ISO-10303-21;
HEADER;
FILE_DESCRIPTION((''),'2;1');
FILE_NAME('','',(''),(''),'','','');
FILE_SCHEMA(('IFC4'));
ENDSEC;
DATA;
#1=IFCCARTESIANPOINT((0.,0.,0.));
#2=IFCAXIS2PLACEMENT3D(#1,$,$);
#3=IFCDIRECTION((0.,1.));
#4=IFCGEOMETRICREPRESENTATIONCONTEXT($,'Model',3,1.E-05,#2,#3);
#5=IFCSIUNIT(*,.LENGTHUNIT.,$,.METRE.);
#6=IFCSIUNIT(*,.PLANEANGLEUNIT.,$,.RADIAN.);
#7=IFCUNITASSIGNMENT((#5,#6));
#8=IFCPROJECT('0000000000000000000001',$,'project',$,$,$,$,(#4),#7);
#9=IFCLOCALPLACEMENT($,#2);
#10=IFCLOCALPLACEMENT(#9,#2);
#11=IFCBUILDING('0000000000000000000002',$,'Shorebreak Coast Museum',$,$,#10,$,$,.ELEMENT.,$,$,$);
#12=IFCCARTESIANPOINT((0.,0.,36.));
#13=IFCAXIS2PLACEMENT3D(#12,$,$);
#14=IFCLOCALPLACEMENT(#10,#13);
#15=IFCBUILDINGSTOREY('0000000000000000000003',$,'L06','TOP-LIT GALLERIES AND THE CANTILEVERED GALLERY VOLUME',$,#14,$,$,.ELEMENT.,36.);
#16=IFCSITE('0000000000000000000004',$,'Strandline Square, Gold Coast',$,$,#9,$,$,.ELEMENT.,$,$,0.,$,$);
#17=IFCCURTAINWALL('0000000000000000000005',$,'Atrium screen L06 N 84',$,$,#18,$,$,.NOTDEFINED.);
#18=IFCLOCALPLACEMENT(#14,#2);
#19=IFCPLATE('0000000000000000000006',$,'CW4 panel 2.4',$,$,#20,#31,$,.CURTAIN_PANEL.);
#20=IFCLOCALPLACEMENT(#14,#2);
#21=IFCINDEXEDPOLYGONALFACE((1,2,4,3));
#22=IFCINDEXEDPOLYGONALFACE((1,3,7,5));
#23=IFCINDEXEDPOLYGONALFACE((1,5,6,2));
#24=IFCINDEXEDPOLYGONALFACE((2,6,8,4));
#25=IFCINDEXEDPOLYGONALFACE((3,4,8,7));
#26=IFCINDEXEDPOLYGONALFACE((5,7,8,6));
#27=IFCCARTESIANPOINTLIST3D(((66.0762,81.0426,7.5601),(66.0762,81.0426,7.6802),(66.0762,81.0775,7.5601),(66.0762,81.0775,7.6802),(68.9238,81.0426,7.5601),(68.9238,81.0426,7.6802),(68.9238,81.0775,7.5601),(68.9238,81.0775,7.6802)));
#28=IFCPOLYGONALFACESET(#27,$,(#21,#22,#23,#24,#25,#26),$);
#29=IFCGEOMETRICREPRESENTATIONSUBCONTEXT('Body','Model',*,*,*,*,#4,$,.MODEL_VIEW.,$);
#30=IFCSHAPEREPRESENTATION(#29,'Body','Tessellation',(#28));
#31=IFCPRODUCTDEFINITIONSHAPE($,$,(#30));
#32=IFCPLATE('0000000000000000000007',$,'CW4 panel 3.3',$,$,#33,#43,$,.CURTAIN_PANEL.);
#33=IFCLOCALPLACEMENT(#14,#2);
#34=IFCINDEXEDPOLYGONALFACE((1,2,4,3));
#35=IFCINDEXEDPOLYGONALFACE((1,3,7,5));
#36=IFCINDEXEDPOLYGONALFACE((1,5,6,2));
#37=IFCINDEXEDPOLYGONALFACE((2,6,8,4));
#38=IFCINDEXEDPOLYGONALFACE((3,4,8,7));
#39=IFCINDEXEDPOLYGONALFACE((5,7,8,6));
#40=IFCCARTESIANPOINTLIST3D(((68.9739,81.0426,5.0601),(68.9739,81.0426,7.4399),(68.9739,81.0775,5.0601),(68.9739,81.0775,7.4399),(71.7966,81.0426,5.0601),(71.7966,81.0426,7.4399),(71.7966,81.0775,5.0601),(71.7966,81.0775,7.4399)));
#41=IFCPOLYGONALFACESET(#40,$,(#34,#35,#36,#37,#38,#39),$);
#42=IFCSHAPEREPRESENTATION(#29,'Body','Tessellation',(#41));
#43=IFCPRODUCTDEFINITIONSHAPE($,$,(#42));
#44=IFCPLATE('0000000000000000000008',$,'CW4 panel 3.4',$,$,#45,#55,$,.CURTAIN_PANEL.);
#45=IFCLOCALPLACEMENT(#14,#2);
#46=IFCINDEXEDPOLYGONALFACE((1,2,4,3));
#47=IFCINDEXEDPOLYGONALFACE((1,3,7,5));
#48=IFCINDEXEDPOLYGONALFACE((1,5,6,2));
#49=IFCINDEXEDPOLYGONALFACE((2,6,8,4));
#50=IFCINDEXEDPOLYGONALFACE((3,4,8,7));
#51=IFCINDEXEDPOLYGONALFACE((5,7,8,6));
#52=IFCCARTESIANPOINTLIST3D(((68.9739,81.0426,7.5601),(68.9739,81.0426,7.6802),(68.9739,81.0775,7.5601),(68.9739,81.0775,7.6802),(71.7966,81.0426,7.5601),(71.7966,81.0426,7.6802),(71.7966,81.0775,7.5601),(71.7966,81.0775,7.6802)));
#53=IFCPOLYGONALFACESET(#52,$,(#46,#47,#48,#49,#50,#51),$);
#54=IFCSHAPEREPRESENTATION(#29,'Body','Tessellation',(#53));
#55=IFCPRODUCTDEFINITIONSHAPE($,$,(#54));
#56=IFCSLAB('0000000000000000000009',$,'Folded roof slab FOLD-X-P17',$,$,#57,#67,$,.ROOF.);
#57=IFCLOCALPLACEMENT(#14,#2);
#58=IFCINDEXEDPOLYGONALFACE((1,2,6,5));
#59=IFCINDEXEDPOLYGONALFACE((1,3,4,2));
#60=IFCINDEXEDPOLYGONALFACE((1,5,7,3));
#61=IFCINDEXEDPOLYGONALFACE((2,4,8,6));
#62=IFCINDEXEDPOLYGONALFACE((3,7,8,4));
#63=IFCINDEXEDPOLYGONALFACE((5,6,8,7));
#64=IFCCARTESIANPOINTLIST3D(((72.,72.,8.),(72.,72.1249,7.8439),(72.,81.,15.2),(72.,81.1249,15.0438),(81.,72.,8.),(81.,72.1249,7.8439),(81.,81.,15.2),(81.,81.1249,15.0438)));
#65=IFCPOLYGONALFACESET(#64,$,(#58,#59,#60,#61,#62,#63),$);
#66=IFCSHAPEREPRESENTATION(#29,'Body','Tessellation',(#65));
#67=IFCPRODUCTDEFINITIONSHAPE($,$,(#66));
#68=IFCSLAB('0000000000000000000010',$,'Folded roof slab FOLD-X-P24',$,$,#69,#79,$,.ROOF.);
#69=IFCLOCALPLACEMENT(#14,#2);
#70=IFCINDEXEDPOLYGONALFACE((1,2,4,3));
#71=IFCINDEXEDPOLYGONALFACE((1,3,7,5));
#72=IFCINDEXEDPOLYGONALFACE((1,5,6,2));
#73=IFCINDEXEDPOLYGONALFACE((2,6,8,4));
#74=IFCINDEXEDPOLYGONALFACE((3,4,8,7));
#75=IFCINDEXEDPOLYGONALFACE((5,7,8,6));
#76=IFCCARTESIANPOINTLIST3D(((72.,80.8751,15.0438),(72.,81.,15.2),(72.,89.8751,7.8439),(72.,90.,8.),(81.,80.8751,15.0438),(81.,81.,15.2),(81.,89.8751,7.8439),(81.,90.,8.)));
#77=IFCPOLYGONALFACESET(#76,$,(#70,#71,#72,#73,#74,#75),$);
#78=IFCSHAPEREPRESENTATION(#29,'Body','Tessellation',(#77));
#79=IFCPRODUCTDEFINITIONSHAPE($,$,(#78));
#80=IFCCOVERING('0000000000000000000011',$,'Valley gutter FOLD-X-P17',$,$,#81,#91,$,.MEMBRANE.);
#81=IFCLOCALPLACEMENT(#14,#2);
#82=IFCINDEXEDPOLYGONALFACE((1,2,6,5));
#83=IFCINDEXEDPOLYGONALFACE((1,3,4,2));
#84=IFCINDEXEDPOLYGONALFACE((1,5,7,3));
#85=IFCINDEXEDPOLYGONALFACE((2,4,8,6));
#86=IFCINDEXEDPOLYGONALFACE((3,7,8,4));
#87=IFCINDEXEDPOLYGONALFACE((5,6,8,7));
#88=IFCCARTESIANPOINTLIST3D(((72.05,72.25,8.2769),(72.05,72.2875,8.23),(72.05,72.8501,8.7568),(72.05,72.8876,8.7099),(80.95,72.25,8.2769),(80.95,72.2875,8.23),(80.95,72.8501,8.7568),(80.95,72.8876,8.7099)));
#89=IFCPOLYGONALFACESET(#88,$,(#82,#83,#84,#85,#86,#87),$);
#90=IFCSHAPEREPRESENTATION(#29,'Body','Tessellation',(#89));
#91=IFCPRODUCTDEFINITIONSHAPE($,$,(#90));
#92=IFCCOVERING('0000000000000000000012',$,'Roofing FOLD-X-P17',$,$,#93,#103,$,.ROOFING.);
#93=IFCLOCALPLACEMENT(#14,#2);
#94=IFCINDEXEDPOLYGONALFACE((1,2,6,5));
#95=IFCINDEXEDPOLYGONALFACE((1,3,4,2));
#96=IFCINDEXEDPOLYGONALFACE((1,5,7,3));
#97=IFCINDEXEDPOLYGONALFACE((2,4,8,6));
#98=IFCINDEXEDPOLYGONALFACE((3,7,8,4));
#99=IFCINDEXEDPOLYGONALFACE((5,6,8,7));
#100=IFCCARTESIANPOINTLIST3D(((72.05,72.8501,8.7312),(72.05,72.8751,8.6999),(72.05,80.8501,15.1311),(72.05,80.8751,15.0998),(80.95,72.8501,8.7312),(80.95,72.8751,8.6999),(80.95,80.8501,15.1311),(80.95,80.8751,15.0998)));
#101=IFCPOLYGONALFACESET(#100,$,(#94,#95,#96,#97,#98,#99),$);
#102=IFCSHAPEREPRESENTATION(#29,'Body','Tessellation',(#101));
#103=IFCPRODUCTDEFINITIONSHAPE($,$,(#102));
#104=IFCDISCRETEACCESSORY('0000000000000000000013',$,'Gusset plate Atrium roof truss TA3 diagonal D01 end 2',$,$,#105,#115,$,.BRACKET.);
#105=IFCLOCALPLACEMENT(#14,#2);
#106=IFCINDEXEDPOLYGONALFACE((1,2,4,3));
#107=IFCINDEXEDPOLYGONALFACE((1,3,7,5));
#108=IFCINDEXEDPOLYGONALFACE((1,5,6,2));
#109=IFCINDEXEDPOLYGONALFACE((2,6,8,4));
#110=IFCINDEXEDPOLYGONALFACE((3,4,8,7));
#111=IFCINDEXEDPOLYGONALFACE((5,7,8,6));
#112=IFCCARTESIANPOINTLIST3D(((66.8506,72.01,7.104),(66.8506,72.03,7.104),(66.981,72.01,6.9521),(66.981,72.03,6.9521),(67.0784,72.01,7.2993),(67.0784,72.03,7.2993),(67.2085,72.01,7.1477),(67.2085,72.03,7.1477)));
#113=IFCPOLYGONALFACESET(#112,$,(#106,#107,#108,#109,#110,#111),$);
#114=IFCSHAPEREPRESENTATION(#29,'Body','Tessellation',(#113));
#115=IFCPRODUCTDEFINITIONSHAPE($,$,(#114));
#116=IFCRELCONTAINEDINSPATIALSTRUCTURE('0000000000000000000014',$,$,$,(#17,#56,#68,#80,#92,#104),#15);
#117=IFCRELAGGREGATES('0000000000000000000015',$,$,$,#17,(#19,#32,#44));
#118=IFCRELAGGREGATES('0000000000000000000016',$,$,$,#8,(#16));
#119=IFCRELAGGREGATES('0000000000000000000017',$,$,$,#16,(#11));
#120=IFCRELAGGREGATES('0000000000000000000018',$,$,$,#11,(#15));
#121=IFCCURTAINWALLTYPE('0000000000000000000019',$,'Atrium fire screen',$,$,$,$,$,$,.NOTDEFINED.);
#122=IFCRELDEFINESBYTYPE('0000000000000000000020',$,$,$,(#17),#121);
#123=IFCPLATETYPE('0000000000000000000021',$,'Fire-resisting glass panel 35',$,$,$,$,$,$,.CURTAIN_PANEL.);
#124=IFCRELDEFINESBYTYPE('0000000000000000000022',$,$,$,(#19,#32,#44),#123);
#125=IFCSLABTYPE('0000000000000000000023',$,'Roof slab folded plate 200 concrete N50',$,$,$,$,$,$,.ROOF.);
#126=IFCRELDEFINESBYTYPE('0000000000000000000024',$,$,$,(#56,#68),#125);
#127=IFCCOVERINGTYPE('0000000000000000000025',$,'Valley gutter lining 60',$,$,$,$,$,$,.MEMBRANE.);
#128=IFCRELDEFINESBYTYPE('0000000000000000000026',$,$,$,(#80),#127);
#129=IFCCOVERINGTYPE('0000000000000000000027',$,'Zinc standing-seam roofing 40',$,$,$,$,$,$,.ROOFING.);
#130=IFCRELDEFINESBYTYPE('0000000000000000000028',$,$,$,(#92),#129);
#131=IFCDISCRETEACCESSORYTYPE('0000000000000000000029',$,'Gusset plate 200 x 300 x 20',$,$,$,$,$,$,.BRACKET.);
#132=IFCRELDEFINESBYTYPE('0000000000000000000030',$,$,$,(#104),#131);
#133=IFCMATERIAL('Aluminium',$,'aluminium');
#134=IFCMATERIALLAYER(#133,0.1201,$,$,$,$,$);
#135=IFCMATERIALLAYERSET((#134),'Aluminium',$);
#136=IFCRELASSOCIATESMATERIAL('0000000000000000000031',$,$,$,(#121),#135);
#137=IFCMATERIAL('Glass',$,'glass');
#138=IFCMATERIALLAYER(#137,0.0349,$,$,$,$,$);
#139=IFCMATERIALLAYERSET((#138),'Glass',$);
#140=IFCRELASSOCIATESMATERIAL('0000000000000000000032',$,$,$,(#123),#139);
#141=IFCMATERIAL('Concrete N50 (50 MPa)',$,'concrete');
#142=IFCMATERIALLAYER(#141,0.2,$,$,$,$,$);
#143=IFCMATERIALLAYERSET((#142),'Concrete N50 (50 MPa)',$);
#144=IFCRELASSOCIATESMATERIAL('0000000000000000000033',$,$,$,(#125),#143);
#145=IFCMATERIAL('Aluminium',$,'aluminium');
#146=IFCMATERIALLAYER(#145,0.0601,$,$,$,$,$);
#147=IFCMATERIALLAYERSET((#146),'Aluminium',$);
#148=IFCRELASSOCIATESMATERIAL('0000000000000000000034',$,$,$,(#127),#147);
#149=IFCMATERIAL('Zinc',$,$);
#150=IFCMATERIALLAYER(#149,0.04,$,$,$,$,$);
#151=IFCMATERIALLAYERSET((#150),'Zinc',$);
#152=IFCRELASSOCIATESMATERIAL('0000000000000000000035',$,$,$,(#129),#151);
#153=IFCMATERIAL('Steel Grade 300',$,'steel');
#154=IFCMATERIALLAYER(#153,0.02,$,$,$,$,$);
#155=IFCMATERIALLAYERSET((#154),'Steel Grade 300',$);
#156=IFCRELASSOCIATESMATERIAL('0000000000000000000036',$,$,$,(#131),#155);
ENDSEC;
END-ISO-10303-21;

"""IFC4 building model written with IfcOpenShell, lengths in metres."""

from ifc_helpers import new_model, si_unit, direction, frame, origin, origin_2d, place, context, subcontext, project, spatial, polyline, rectangle, outline, extrude, material, layer, layer_set, type_object, element, aggregate, save


model = new_model("IFC4")

# Units and contexts
model_context = context("Model", 3, precision=1e-05, world=origin(), true_north=direction((0.0, 1.0)))
body_context = subcontext(model_context, "Body", "Model", "MODEL_VIEW")
ifc_project = project(units=[si_unit("LENGTHUNIT", "METRE"), si_unit("PLANEANGLEUNIT", "RADIAN")], contexts=[model_context])

# Site, building, storey
site_placement = place(None, origin())
site = spatial("IfcSite", under=ifc_project, at=site_placement, Name="Strandline Square, Gold Coast", CompositionType="ELEMENT", RefElevation=0.0)
building_placement = place(site_placement, origin())
building = spatial("IfcBuilding", under=site, at=building_placement, Name="Shorebreak Coast Museum", CompositionType="ELEMENT")
storey_placement = place(building_placement, frame((0.0, 0.0, 36.0)))
storey = spatial("IfcBuildingStorey", under=building, at=storey_placement, Name="L06", Description="TOP-LIT GALLERIES AND THE CANTILEVERED GALLERY VOLUME", CompositionType="ELEMENT", Elevation=36.0)

# Curtain wall, plates
ifc_material_1 = material(Name="Aluminium", Category="aluminium")
ifc_layer_1 = layer(ifc_material_1, 0.1201)
ifc_layer_set_1 = layer_set([ifc_layer_1], Name="Aluminium")
curtain_wall_type = type_object("IfcCurtainWallType", Name="Atrium fire screen", PredefinedType="NOTDEFINED", material=ifc_layer_set_1)
curtain_wall_placement = place(storey_placement, origin())
curtain_wall = element("IfcCurtainWall", 1, at=curtain_wall_placement, inside=storey, type_object=curtain_wall_type, Name="Atrium screen L06 N 84", PredefinedType="NOTDEFINED")
ifc_material_2 = material(Name="Glass", Category="glass")
ifc_layer_2 = layer(ifc_material_2, 0.0349)
ifc_layer_set_2 = layer_set([ifc_layer_2], Name="Glass")
plate_type = type_object("IfcPlateType", Name="Fire-resisting glass panel 35", PredefinedType="CURTAIN_PANEL", material=ifc_layer_set_2)
plate_1_placement = place(storey_placement, frame((67.5, 81.0601, 7.5601), z_axis=(0.0, 0.0, 1.0), x_axis=(1.0, 0.0, 0.0)))
plate_1 = element("IfcPlate", 2, at=plate_1_placement, type_object=plate_type, Name="CW4 panel 2.4", PredefinedType="CURTAIN_PANEL", context=body_context, shape_type="SweptSolid", body=[
    extrude(rectangle(XDim=2.8477, YDim=0.0349, at=origin_2d()), origin(), (0.0, 0.0, 1.0), 0.1201),
])
plate_2_placement = place(storey_placement, frame((70.3853, 81.0601, 5.0601), z_axis=(0.0, 0.0, 1.0), x_axis=(1.0, 0.0, 0.0)))
plate_2 = element("IfcPlate", 3, at=plate_2_placement, type_object=plate_type, Name="CW4 panel 3.3", PredefinedType="CURTAIN_PANEL", context=body_context, shape_type="SweptSolid", body=[
    extrude(rectangle(XDim=2.8228, YDim=0.0349, at=origin_2d()), origin(), (0.0, 0.0, 1.0), 2.3799),
])
plate_3_placement = place(storey_placement, frame((70.3853, 81.0601, 7.5601), z_axis=(0.0, 0.0, 1.0), x_axis=(1.0, 0.0, 0.0)))
plate_3 = element("IfcPlate", 4, at=plate_3_placement, type_object=plate_type, Name="CW4 panel 3.4", PredefinedType="CURTAIN_PANEL", context=body_context, shape_type="SweptSolid", body=[
    extrude(rectangle(XDim=2.8228, YDim=0.0349, at=origin_2d()), origin(), (0.0, 0.0, 1.0), 0.1201),
])
aggregate(curtain_wall, [plate_1, plate_2, plate_3])

# Slabs
ifc_material_3 = material(Name="Concrete N50 (50 MPa)", Category="concrete")
ifc_layer_3 = layer(ifc_material_3, 0.2)
ifc_layer_set_3 = layer_set([ifc_layer_3], Name="Concrete N50 (50 MPa)")
slab_type = type_object("IfcSlabType", Name="Roof slab folded plate 200 concrete N50", PredefinedType="ROOF", material=ifc_layer_set_3)
for number, where, z_axis, x_axis, name in (
    (5, (72.0, 72.0, 8.0), (0.0, -0.624692, 0.780871), (1.0, 0.0, 0.0), "Folded roof slab FOLD-X-P17"),
    (6, (72.0, 81.0, 15.2), (0.0, 0.624692, 0.780871), (1.0, 0.0, 0.0), "Folded roof slab FOLD-X-P24"),
):
    element("IfcSlab", number, at=place(storey_placement, frame(where, z_axis=z_axis, x_axis=x_axis)), inside=storey, type_object=slab_type, Name=name, PredefinedType="ROOF", context=body_context, shape_type="SweptSolid", body=[
        extrude(outline(polyline([(0.0, 0.0), (9.0, 0.0), (9.0, 11.5256), (0.0, 11.5256), (0.0, 0.0)])), origin(), (0.0, 0.0, -1.0), 0.2),
    ])

# Coverings
ifc_material_4 = material(Name="Aluminium", Category="aluminium")
ifc_layer_4 = layer(ifc_material_4, 0.0601)
ifc_layer_set_4 = layer_set([ifc_layer_4], Name="Aluminium")
covering_type_1 = type_object("IfcCoveringType", Name="Valley gutter lining 60", PredefinedType="MEMBRANE", material=ifc_layer_set_4)
covering_1_placement = place(storey_placement, frame((72.05, 72.25, 8.2769), z_axis=(0.0, -0.624618, 0.780931), x_axis=(1.0, 0.0, 0.0)))
element("IfcCovering", 7, at=covering_1_placement, inside=storey, type_object=covering_type_1, Name="Valley gutter FOLD-X-P17", PredefinedType="MEMBRANE", context=body_context, shape_type="SweptSolid", body=[
    extrude(outline(polyline([(0.0, 0.0), (8.8999, 0.0), (8.8999, 0.7684), (0.0, 0.7684), (0.0, 0.0)])), origin(), (0.0, 0.0, -1.0), 0.0601),
])
ifc_material_5 = material(Name="Zinc")
ifc_layer_5 = layer(ifc_material_5, 0.04)
ifc_layer_set_5 = layer_set([ifc_layer_5], Name="Zinc")
covering_type_2 = type_object("IfcCoveringType", Name="Zinc standing-seam roofing 40", PredefinedType="ROOFING", material=ifc_layer_set_5)
covering_2_placement = place(storey_placement, frame((72.05, 72.8501, 8.7312), z_axis=(0.0, -0.624689, 0.780873), x_axis=(1.0, 0.0, 0.0)))
element("IfcCovering", 8, at=covering_2_placement, inside=storey, type_object=covering_type_2, Name="Roofing FOLD-X-P17", PredefinedType="ROOFING", context=body_context, shape_type="SweptSolid", body=[
    extrude(outline(polyline([(0.0, 0.0), (8.8999, 0.0), (8.8999, 10.2449), (0.0, 10.2449), (0.0, 0.0)])), origin(), (0.0, 0.0, -1.0), 0.04),
])

# Discrete accessory
ifc_material_6 = material(Name="Steel Grade 300", Category="steel")
ifc_layer_6 = layer(ifc_material_6, 0.02)
ifc_layer_set_6 = layer_set([ifc_layer_6], Name="Steel Grade 300")
discrete_accessory_type = type_object("IfcDiscreteAccessoryType", Name="Gusset plate 200 x 300 x 20", PredefinedType="BRACKET", material=ifc_layer_set_6)
discrete_accessory_placement = place(storey_placement, frame((66.8506, 72.01, 7.104), z_axis=(0.0, -1.0, 0.0), x_axis=(0.651394, 0.0, -0.75874)))
element("IfcDiscreteAccessory", 9, at=discrete_accessory_placement, inside=storey, type_object=discrete_accessory_type, Name="Gusset plate Atrium roof truss TA3 diagonal D01 end 2", PredefinedType="BRACKET", context=body_context, shape_type="SweptSolid", body=[
    extrude(outline(polyline([(0.0, 0.0), (0.2001, 0.0), (0.2, 0.3), (0.0002, 0.3001), (0.0, 0.0)])), origin(), (0.0, 0.0, -1.0), 0.02),
])

save(model, "model.ifc")
